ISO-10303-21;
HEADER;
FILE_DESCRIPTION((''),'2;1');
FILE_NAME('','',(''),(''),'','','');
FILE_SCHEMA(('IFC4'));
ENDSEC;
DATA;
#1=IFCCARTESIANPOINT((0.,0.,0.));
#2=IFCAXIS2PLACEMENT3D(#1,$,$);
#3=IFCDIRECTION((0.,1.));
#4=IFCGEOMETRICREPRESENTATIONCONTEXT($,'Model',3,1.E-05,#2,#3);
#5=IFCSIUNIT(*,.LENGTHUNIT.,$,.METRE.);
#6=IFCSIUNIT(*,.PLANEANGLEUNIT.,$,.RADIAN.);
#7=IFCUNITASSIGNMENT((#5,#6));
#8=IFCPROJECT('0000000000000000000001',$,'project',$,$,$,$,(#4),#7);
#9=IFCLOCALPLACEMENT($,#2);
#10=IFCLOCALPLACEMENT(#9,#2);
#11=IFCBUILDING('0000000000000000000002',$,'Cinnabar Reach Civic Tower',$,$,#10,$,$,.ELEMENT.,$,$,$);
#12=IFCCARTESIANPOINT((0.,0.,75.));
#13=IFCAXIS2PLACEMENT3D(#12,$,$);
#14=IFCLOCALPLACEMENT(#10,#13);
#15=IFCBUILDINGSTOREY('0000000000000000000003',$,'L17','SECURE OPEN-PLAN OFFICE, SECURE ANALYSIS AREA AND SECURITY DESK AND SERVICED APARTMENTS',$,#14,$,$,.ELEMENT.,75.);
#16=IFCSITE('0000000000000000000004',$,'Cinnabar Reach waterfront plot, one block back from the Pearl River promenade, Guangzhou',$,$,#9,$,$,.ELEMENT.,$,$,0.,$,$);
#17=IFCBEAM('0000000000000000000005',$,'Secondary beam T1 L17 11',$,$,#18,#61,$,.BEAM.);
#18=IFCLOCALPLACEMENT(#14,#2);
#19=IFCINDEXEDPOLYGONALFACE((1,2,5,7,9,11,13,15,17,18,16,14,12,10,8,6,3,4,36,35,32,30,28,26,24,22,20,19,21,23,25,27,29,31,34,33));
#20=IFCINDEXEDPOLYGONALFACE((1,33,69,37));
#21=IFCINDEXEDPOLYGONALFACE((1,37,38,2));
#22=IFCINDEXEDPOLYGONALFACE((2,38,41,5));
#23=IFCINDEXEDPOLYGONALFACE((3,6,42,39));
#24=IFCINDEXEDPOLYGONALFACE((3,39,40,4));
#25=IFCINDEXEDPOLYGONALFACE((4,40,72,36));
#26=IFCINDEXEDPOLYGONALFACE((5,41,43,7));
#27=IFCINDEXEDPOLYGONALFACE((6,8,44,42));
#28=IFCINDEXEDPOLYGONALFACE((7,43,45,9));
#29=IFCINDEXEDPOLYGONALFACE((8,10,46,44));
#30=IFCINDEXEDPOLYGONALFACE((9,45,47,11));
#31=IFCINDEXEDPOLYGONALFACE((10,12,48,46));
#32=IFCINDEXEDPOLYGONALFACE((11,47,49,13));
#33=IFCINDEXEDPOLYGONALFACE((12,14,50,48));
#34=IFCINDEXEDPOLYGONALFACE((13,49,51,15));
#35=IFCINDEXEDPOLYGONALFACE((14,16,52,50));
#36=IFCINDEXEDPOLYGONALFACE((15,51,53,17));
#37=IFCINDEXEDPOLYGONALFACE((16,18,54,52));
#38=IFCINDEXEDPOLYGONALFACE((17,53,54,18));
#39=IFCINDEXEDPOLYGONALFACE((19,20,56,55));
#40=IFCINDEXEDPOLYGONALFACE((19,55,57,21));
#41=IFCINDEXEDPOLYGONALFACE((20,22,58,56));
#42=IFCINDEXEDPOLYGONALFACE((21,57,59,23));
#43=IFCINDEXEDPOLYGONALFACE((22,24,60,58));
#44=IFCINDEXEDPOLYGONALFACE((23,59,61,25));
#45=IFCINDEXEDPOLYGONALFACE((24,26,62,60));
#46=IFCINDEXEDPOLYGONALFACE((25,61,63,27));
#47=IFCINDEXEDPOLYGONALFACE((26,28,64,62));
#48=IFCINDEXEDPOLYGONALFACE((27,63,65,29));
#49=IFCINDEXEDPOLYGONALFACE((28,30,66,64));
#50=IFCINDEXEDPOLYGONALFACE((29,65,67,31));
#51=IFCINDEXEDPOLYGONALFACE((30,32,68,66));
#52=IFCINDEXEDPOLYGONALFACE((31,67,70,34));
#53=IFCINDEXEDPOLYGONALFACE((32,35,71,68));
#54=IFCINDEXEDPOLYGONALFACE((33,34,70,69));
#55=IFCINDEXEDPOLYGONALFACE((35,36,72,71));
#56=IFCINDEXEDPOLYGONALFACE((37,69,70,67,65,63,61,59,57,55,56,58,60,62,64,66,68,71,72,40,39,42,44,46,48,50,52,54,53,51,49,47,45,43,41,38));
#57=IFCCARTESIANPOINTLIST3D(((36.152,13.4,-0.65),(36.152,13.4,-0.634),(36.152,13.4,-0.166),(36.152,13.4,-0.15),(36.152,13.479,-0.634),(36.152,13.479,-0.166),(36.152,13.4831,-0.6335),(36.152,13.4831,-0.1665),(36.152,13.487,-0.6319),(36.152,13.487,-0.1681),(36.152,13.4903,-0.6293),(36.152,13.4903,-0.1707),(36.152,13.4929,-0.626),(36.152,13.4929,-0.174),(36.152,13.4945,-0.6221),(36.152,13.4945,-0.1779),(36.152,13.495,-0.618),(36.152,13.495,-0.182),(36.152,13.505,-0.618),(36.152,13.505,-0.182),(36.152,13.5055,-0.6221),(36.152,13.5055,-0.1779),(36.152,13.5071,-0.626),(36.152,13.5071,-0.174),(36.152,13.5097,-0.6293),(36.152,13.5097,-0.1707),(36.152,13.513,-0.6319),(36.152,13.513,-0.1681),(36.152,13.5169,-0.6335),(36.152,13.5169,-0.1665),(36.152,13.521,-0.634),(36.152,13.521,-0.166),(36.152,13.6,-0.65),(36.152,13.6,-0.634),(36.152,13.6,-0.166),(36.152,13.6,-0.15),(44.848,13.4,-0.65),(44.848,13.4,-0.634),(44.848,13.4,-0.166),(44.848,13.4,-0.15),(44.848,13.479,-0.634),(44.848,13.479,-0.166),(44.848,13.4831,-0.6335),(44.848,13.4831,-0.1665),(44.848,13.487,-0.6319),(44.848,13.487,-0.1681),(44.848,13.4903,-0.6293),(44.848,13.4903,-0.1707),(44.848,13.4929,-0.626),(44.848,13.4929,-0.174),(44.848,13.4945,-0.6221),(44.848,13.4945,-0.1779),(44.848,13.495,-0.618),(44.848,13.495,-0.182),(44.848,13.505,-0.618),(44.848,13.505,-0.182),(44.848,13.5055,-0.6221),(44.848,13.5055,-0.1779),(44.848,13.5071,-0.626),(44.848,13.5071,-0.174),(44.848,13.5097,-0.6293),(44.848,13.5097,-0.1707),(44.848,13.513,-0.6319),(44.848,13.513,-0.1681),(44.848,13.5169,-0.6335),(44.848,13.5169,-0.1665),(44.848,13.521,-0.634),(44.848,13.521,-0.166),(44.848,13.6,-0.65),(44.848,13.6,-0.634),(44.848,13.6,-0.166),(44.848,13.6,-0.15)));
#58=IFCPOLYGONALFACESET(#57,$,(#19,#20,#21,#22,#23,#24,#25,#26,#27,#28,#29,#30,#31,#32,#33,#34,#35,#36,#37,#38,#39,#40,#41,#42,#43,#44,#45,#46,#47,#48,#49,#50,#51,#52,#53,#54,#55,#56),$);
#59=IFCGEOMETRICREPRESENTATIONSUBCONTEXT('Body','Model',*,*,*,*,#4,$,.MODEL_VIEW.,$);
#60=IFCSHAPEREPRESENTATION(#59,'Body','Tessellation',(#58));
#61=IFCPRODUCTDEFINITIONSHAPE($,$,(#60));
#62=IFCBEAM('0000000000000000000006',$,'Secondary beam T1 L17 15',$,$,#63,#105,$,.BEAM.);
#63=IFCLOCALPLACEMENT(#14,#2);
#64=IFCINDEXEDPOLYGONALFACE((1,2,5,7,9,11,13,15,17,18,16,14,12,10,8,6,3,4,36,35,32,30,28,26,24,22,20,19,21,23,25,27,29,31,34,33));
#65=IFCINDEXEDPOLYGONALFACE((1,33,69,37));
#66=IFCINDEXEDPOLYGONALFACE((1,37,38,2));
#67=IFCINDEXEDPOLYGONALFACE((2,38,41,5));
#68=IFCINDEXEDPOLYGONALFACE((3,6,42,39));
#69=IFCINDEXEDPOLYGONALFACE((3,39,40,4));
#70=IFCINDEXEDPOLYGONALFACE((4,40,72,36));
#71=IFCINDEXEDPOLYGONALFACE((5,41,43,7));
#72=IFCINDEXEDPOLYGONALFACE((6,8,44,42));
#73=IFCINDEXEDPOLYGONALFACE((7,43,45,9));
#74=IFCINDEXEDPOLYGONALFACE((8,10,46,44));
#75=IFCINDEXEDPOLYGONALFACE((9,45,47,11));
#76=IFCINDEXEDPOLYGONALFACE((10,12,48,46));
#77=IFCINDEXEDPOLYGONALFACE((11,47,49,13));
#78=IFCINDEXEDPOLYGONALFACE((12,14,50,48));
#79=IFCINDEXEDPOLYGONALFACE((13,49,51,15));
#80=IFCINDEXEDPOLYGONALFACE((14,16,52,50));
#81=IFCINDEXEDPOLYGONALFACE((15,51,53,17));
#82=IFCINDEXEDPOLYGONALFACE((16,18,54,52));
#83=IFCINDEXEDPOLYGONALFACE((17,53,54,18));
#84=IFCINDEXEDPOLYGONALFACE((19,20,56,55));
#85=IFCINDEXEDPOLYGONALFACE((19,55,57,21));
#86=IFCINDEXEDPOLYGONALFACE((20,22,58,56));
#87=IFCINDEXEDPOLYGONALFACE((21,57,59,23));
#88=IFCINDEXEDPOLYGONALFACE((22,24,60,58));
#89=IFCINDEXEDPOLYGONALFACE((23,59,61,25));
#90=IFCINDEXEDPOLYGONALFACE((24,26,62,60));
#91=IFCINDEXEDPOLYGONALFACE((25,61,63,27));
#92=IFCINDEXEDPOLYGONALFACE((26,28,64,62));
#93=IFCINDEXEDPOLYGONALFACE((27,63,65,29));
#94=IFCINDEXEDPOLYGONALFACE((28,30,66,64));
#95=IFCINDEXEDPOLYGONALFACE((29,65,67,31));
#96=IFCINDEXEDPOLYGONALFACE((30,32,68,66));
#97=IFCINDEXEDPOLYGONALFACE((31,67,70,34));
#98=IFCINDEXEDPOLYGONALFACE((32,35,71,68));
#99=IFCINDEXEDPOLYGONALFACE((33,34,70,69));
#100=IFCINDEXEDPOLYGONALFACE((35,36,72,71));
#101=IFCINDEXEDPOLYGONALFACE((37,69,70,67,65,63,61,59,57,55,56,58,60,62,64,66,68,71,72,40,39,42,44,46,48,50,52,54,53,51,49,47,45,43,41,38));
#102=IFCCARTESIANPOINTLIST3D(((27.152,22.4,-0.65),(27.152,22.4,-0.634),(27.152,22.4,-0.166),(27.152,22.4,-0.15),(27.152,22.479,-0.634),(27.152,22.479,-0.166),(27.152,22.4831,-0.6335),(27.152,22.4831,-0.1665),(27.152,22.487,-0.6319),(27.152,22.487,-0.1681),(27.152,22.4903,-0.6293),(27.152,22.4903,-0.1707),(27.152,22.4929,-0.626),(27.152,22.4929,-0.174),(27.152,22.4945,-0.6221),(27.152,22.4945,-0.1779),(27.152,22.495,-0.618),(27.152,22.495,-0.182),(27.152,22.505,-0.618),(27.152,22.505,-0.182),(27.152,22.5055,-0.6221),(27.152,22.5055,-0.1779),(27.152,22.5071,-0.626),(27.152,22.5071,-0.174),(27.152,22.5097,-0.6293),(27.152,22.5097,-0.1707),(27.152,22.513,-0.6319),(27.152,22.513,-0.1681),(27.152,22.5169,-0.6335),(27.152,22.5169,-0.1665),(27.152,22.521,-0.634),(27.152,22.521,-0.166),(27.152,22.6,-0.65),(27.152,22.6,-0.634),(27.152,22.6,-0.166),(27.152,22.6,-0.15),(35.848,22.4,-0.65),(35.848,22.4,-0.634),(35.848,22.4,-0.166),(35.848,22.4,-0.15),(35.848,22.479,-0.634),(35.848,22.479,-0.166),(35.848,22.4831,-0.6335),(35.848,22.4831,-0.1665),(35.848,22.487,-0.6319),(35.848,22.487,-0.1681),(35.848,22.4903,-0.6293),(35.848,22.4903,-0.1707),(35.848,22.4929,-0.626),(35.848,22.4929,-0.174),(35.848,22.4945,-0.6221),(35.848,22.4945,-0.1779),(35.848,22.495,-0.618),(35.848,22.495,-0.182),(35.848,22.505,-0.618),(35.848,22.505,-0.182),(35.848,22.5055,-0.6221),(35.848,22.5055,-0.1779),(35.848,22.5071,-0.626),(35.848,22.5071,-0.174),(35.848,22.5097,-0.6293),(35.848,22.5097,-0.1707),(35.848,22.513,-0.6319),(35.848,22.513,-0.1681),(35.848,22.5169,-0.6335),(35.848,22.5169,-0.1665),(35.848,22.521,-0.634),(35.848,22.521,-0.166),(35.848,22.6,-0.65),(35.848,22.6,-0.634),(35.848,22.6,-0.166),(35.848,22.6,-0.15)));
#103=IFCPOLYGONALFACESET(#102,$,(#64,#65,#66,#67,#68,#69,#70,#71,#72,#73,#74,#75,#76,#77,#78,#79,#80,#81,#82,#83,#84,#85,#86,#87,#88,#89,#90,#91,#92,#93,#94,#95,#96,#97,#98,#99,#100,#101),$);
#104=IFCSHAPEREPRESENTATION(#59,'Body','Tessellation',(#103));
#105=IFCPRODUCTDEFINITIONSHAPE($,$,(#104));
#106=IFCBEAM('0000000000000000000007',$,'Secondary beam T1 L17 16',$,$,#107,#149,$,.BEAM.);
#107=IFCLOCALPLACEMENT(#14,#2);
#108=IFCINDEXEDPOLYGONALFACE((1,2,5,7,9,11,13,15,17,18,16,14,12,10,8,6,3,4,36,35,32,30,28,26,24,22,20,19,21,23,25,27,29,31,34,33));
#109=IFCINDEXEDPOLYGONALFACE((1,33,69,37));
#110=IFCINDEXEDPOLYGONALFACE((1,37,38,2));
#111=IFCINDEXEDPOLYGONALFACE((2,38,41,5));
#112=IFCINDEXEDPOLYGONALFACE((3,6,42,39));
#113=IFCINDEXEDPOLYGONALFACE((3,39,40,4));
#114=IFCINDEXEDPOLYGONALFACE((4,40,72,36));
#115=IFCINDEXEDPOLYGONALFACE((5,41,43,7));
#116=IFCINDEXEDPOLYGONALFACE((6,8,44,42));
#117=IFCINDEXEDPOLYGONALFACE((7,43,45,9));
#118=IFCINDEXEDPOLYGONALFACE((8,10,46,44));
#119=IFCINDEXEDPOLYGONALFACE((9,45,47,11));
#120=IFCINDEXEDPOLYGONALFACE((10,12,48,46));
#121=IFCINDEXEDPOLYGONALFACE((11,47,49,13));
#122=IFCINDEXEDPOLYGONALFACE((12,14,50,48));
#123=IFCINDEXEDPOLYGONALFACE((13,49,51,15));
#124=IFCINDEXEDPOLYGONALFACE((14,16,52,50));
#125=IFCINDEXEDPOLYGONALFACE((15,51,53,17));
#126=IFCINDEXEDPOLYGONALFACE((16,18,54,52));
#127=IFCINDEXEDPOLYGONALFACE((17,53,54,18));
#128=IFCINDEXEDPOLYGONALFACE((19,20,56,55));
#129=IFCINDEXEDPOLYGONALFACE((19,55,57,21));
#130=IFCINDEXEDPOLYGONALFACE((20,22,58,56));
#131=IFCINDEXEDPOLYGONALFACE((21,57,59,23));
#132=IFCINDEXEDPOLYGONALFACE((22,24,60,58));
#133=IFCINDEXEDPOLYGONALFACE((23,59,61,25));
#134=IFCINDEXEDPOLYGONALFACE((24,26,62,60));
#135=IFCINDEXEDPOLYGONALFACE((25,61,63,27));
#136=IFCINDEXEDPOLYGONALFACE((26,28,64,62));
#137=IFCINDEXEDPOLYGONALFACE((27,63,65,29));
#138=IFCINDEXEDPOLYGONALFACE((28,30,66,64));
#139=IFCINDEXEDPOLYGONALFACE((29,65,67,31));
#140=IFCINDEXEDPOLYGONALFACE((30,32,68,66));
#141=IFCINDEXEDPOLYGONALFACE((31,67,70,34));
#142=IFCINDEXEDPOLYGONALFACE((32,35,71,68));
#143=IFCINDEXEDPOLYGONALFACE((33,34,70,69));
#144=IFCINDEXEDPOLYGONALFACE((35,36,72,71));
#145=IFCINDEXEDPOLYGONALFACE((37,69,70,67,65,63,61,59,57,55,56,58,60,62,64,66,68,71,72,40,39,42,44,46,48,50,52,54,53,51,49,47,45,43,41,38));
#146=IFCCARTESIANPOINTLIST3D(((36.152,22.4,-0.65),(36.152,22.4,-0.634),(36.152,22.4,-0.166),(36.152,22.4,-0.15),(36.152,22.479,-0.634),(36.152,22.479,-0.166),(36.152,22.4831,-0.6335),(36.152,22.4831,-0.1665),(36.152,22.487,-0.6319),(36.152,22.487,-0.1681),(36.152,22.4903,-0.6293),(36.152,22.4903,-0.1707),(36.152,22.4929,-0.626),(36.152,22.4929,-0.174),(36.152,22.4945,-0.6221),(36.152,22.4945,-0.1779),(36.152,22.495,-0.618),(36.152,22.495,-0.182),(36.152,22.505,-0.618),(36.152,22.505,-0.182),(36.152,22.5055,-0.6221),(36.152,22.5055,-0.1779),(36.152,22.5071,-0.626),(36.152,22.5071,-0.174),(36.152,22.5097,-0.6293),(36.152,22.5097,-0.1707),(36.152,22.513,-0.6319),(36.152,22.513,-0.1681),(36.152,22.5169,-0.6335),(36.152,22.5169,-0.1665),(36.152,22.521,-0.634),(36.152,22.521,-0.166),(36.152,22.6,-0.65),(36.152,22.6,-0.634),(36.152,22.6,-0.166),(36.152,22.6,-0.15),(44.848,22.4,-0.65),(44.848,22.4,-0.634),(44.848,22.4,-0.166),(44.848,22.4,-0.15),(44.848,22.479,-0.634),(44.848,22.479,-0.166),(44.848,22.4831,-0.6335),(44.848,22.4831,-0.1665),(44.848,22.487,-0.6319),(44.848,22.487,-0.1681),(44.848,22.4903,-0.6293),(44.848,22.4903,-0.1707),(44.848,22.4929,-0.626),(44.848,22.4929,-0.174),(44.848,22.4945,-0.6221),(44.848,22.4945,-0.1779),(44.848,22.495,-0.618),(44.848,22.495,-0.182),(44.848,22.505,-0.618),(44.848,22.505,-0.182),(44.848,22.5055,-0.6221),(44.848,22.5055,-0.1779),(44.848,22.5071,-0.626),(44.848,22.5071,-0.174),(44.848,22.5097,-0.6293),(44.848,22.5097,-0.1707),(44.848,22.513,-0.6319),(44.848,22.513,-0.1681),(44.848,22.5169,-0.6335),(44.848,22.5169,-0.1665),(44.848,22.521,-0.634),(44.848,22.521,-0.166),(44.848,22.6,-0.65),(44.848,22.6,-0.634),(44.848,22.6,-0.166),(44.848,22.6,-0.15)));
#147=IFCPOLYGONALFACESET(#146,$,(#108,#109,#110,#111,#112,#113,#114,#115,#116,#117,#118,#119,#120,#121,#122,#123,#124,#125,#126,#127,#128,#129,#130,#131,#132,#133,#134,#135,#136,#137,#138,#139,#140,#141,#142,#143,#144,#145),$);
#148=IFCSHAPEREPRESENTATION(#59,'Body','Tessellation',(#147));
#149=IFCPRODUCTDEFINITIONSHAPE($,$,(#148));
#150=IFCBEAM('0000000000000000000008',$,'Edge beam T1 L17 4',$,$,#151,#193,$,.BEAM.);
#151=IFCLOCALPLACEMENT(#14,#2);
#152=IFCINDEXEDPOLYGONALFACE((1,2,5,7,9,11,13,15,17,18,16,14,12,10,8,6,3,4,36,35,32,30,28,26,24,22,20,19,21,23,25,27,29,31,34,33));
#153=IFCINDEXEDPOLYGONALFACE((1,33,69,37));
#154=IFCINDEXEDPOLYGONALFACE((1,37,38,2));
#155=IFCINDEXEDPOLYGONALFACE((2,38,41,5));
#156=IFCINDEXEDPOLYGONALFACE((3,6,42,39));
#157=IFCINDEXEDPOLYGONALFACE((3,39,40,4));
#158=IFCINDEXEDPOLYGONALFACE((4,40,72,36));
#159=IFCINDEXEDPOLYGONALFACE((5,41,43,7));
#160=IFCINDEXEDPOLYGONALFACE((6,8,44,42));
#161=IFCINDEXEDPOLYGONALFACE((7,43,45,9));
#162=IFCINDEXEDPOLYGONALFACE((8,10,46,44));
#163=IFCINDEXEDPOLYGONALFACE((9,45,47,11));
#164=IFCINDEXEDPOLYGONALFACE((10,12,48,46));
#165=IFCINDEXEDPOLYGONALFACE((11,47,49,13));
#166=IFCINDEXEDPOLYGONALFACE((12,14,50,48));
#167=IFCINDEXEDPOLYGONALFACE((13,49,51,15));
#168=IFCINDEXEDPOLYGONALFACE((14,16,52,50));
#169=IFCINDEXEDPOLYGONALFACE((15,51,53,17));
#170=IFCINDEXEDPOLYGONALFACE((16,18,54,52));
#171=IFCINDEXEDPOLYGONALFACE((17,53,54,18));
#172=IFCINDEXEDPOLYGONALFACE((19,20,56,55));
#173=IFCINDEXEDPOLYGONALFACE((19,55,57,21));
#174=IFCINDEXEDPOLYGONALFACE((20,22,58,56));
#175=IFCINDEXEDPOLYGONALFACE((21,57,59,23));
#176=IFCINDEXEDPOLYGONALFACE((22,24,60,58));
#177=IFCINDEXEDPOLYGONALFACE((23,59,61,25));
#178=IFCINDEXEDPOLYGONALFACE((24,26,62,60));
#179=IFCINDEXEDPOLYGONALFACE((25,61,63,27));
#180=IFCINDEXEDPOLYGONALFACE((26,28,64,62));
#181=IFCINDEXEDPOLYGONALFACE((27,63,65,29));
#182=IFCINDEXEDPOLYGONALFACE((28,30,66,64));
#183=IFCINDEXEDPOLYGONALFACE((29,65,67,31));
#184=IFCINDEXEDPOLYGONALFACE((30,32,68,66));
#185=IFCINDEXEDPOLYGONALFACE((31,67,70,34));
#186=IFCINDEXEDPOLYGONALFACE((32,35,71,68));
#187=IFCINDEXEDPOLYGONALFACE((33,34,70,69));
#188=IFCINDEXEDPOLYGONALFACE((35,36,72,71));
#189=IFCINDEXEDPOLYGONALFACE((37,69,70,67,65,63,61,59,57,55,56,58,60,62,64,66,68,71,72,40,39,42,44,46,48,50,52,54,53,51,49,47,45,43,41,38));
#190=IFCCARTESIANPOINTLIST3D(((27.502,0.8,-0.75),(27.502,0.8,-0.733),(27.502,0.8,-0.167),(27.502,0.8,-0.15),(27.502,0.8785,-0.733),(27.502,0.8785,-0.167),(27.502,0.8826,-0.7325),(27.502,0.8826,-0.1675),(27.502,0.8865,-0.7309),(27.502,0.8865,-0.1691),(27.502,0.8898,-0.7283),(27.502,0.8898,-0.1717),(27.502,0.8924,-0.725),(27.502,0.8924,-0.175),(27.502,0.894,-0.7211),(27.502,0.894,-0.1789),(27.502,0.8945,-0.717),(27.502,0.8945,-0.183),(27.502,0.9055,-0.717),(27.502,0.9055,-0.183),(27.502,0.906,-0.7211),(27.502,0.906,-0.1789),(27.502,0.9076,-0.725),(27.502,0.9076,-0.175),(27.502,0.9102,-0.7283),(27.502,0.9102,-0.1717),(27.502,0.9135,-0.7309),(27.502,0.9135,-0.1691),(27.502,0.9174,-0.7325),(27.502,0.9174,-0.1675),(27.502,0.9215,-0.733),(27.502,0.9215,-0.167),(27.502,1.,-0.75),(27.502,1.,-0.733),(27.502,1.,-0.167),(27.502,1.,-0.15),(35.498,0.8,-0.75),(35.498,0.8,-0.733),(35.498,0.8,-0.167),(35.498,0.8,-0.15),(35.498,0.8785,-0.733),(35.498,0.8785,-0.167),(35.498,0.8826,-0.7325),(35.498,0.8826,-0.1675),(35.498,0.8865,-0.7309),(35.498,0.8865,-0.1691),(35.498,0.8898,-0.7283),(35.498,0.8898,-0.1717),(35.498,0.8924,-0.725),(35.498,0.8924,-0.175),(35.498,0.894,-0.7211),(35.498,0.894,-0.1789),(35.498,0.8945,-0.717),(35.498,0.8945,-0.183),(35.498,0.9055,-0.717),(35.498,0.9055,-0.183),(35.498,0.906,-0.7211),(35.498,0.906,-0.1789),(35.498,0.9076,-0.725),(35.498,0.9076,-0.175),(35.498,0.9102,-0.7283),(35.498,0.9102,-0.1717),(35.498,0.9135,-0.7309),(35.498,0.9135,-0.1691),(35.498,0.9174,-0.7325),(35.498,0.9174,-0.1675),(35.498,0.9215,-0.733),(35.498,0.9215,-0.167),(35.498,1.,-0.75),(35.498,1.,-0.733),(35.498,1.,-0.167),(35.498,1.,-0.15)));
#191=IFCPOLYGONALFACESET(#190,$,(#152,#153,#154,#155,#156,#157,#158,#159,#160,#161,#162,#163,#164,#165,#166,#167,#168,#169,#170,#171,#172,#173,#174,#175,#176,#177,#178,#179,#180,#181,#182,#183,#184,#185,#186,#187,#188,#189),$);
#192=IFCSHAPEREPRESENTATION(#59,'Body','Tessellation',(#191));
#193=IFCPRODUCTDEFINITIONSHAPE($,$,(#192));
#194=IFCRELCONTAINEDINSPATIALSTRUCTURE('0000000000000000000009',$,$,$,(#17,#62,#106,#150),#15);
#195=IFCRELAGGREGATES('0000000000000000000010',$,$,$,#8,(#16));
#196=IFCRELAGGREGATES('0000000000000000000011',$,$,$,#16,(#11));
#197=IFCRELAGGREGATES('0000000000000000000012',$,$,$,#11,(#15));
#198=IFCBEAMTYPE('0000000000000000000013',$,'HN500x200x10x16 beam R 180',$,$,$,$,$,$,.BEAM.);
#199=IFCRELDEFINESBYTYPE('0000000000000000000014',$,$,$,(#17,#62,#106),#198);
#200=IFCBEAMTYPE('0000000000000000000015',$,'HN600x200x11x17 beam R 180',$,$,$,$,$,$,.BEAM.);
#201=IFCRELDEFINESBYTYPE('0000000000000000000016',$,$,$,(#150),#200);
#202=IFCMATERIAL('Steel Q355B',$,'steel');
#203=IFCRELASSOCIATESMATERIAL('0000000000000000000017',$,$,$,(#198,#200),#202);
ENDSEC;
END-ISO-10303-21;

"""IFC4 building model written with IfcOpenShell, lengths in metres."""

from ifc_helpers import new_model, si_unit, direction, frame, origin, origin_2d, place, context, subcontext, project, spatial, i_section, extrude, material, material_profile, profile_set, type_object, element, save


model = new_model("IFC4")

# Units and contexts
model_context = context("Model", 3, precision=1e-05, world=origin(), true_north=direction((0.0, 1.0)))
body_context = subcontext(model_context, "Body", "Model", "MODEL_VIEW")
ifc_project = project(units=[si_unit("LENGTHUNIT", "METRE"), si_unit("PLANEANGLEUNIT", "RADIAN")], contexts=[model_context])

# Site, building, storey
site_placement = place(None, origin())
site = spatial("IfcSite", under=ifc_project, at=site_placement, Name="Cinnabar Reach waterfront plot, one block back from the Pearl River promenade, Guangzhou", CompositionType="ELEMENT", RefElevation=0.0)
building_placement = place(site_placement, origin())
building = spatial("IfcBuilding", under=site, at=building_placement, Name="Cinnabar Reach Civic Tower", CompositionType="ELEMENT")
storey_placement = place(building_placement, frame((0.0, 0.0, 75.0)))
storey = spatial("IfcBuildingStorey", under=building, at=storey_placement, Name="L17", Description="SECURE OPEN-PLAN OFFICE, SECURE ANALYSIS AREA AND SECURITY DESK AND SERVICED APARTMENTS", CompositionType="ELEMENT", Elevation=75.0)

# Beams
ifc_material_1 = material(Name="Steel Q355B", Category="steel")
ifc_material_profile_1 = material_profile(ifc_material_1, i_section(OverallWidth=0.2, OverallDepth=0.5, WebThickness=0.01, FlangeThickness=0.016, FilletRadius=0.016, at=origin_2d()), Name="HN500x200x10x16")
ifc_profile_set_1 = profile_set([ifc_material_profile_1], Name="Steel Q355B")
beam_type_1 = type_object("IfcBeamType", Name="HN500x200x10x16 beam R 180", PredefinedType="BEAM", material=ifc_profile_set_1)
for number, where, z_axis, x_axis, name in (
    (1, (36.152, 13.5, -0.4), (1.0, 0.0, 0.0), (0.0, 1.0, 0.0), "Secondary beam T1 L17 11"),
    (2, (27.152, 22.5, -0.4), (1.0, 0.0, 0.0), (0.0, 1.0, 0.0), "Secondary beam T1 L17 15"),
    (3, (36.152, 22.5, -0.4), (1.0, 0.0, 0.0), (0.0, 1.0, 0.0), "Secondary beam T1 L17 16"),
):
    element("IfcBeam", number, at=place(storey_placement, frame(where, z_axis=z_axis, x_axis=x_axis)), inside=storey, type_object=beam_type_1, Name=name, PredefinedType="BEAM", context=body_context, shape_type="SweptSolid", body=[
        extrude(i_section(OverallWidth=0.2, OverallDepth=0.5, WebThickness=0.01, FlangeThickness=0.016, FilletRadius=0.016, at=origin_2d()), origin(), (0.0, 0.0, 1.0), 8.696),
    ])
ifc_material_profile_2 = material_profile(ifc_material_1, i_section(OverallWidth=0.2, OverallDepth=0.6, WebThickness=0.011, FlangeThickness=0.017, FilletRadius=0.016, at=origin_2d()), Name="HN600x200x11x17")
ifc_profile_set_2 = profile_set([ifc_material_profile_2], Name="Steel Q355B")
beam_type_2 = type_object("IfcBeamType", Name="HN600x200x11x17 beam R 180", PredefinedType="BEAM", material=ifc_profile_set_2)
for number, where, z_axis, x_axis, name in (
    (4, (27.502, 0.9, -0.45), (1.0, 0.0, 0.0), (0.0, 1.0, 0.0), "Edge beam T1 L17 4"),
):
    element("IfcBeam", number, at=place(storey_placement, frame(where, z_axis=z_axis, x_axis=x_axis)), inside=storey, type_object=beam_type_2, Name=name, PredefinedType="BEAM", context=body_context, shape_type="SweptSolid", body=[
        extrude(i_section(OverallWidth=0.2, OverallDepth=0.6, WebThickness=0.011, FlangeThickness=0.017, FilletRadius=0.016, at=origin_2d()), origin(), (0.0, 0.0, 1.0), 7.996),
    ])

save(model, "model.ifc")
